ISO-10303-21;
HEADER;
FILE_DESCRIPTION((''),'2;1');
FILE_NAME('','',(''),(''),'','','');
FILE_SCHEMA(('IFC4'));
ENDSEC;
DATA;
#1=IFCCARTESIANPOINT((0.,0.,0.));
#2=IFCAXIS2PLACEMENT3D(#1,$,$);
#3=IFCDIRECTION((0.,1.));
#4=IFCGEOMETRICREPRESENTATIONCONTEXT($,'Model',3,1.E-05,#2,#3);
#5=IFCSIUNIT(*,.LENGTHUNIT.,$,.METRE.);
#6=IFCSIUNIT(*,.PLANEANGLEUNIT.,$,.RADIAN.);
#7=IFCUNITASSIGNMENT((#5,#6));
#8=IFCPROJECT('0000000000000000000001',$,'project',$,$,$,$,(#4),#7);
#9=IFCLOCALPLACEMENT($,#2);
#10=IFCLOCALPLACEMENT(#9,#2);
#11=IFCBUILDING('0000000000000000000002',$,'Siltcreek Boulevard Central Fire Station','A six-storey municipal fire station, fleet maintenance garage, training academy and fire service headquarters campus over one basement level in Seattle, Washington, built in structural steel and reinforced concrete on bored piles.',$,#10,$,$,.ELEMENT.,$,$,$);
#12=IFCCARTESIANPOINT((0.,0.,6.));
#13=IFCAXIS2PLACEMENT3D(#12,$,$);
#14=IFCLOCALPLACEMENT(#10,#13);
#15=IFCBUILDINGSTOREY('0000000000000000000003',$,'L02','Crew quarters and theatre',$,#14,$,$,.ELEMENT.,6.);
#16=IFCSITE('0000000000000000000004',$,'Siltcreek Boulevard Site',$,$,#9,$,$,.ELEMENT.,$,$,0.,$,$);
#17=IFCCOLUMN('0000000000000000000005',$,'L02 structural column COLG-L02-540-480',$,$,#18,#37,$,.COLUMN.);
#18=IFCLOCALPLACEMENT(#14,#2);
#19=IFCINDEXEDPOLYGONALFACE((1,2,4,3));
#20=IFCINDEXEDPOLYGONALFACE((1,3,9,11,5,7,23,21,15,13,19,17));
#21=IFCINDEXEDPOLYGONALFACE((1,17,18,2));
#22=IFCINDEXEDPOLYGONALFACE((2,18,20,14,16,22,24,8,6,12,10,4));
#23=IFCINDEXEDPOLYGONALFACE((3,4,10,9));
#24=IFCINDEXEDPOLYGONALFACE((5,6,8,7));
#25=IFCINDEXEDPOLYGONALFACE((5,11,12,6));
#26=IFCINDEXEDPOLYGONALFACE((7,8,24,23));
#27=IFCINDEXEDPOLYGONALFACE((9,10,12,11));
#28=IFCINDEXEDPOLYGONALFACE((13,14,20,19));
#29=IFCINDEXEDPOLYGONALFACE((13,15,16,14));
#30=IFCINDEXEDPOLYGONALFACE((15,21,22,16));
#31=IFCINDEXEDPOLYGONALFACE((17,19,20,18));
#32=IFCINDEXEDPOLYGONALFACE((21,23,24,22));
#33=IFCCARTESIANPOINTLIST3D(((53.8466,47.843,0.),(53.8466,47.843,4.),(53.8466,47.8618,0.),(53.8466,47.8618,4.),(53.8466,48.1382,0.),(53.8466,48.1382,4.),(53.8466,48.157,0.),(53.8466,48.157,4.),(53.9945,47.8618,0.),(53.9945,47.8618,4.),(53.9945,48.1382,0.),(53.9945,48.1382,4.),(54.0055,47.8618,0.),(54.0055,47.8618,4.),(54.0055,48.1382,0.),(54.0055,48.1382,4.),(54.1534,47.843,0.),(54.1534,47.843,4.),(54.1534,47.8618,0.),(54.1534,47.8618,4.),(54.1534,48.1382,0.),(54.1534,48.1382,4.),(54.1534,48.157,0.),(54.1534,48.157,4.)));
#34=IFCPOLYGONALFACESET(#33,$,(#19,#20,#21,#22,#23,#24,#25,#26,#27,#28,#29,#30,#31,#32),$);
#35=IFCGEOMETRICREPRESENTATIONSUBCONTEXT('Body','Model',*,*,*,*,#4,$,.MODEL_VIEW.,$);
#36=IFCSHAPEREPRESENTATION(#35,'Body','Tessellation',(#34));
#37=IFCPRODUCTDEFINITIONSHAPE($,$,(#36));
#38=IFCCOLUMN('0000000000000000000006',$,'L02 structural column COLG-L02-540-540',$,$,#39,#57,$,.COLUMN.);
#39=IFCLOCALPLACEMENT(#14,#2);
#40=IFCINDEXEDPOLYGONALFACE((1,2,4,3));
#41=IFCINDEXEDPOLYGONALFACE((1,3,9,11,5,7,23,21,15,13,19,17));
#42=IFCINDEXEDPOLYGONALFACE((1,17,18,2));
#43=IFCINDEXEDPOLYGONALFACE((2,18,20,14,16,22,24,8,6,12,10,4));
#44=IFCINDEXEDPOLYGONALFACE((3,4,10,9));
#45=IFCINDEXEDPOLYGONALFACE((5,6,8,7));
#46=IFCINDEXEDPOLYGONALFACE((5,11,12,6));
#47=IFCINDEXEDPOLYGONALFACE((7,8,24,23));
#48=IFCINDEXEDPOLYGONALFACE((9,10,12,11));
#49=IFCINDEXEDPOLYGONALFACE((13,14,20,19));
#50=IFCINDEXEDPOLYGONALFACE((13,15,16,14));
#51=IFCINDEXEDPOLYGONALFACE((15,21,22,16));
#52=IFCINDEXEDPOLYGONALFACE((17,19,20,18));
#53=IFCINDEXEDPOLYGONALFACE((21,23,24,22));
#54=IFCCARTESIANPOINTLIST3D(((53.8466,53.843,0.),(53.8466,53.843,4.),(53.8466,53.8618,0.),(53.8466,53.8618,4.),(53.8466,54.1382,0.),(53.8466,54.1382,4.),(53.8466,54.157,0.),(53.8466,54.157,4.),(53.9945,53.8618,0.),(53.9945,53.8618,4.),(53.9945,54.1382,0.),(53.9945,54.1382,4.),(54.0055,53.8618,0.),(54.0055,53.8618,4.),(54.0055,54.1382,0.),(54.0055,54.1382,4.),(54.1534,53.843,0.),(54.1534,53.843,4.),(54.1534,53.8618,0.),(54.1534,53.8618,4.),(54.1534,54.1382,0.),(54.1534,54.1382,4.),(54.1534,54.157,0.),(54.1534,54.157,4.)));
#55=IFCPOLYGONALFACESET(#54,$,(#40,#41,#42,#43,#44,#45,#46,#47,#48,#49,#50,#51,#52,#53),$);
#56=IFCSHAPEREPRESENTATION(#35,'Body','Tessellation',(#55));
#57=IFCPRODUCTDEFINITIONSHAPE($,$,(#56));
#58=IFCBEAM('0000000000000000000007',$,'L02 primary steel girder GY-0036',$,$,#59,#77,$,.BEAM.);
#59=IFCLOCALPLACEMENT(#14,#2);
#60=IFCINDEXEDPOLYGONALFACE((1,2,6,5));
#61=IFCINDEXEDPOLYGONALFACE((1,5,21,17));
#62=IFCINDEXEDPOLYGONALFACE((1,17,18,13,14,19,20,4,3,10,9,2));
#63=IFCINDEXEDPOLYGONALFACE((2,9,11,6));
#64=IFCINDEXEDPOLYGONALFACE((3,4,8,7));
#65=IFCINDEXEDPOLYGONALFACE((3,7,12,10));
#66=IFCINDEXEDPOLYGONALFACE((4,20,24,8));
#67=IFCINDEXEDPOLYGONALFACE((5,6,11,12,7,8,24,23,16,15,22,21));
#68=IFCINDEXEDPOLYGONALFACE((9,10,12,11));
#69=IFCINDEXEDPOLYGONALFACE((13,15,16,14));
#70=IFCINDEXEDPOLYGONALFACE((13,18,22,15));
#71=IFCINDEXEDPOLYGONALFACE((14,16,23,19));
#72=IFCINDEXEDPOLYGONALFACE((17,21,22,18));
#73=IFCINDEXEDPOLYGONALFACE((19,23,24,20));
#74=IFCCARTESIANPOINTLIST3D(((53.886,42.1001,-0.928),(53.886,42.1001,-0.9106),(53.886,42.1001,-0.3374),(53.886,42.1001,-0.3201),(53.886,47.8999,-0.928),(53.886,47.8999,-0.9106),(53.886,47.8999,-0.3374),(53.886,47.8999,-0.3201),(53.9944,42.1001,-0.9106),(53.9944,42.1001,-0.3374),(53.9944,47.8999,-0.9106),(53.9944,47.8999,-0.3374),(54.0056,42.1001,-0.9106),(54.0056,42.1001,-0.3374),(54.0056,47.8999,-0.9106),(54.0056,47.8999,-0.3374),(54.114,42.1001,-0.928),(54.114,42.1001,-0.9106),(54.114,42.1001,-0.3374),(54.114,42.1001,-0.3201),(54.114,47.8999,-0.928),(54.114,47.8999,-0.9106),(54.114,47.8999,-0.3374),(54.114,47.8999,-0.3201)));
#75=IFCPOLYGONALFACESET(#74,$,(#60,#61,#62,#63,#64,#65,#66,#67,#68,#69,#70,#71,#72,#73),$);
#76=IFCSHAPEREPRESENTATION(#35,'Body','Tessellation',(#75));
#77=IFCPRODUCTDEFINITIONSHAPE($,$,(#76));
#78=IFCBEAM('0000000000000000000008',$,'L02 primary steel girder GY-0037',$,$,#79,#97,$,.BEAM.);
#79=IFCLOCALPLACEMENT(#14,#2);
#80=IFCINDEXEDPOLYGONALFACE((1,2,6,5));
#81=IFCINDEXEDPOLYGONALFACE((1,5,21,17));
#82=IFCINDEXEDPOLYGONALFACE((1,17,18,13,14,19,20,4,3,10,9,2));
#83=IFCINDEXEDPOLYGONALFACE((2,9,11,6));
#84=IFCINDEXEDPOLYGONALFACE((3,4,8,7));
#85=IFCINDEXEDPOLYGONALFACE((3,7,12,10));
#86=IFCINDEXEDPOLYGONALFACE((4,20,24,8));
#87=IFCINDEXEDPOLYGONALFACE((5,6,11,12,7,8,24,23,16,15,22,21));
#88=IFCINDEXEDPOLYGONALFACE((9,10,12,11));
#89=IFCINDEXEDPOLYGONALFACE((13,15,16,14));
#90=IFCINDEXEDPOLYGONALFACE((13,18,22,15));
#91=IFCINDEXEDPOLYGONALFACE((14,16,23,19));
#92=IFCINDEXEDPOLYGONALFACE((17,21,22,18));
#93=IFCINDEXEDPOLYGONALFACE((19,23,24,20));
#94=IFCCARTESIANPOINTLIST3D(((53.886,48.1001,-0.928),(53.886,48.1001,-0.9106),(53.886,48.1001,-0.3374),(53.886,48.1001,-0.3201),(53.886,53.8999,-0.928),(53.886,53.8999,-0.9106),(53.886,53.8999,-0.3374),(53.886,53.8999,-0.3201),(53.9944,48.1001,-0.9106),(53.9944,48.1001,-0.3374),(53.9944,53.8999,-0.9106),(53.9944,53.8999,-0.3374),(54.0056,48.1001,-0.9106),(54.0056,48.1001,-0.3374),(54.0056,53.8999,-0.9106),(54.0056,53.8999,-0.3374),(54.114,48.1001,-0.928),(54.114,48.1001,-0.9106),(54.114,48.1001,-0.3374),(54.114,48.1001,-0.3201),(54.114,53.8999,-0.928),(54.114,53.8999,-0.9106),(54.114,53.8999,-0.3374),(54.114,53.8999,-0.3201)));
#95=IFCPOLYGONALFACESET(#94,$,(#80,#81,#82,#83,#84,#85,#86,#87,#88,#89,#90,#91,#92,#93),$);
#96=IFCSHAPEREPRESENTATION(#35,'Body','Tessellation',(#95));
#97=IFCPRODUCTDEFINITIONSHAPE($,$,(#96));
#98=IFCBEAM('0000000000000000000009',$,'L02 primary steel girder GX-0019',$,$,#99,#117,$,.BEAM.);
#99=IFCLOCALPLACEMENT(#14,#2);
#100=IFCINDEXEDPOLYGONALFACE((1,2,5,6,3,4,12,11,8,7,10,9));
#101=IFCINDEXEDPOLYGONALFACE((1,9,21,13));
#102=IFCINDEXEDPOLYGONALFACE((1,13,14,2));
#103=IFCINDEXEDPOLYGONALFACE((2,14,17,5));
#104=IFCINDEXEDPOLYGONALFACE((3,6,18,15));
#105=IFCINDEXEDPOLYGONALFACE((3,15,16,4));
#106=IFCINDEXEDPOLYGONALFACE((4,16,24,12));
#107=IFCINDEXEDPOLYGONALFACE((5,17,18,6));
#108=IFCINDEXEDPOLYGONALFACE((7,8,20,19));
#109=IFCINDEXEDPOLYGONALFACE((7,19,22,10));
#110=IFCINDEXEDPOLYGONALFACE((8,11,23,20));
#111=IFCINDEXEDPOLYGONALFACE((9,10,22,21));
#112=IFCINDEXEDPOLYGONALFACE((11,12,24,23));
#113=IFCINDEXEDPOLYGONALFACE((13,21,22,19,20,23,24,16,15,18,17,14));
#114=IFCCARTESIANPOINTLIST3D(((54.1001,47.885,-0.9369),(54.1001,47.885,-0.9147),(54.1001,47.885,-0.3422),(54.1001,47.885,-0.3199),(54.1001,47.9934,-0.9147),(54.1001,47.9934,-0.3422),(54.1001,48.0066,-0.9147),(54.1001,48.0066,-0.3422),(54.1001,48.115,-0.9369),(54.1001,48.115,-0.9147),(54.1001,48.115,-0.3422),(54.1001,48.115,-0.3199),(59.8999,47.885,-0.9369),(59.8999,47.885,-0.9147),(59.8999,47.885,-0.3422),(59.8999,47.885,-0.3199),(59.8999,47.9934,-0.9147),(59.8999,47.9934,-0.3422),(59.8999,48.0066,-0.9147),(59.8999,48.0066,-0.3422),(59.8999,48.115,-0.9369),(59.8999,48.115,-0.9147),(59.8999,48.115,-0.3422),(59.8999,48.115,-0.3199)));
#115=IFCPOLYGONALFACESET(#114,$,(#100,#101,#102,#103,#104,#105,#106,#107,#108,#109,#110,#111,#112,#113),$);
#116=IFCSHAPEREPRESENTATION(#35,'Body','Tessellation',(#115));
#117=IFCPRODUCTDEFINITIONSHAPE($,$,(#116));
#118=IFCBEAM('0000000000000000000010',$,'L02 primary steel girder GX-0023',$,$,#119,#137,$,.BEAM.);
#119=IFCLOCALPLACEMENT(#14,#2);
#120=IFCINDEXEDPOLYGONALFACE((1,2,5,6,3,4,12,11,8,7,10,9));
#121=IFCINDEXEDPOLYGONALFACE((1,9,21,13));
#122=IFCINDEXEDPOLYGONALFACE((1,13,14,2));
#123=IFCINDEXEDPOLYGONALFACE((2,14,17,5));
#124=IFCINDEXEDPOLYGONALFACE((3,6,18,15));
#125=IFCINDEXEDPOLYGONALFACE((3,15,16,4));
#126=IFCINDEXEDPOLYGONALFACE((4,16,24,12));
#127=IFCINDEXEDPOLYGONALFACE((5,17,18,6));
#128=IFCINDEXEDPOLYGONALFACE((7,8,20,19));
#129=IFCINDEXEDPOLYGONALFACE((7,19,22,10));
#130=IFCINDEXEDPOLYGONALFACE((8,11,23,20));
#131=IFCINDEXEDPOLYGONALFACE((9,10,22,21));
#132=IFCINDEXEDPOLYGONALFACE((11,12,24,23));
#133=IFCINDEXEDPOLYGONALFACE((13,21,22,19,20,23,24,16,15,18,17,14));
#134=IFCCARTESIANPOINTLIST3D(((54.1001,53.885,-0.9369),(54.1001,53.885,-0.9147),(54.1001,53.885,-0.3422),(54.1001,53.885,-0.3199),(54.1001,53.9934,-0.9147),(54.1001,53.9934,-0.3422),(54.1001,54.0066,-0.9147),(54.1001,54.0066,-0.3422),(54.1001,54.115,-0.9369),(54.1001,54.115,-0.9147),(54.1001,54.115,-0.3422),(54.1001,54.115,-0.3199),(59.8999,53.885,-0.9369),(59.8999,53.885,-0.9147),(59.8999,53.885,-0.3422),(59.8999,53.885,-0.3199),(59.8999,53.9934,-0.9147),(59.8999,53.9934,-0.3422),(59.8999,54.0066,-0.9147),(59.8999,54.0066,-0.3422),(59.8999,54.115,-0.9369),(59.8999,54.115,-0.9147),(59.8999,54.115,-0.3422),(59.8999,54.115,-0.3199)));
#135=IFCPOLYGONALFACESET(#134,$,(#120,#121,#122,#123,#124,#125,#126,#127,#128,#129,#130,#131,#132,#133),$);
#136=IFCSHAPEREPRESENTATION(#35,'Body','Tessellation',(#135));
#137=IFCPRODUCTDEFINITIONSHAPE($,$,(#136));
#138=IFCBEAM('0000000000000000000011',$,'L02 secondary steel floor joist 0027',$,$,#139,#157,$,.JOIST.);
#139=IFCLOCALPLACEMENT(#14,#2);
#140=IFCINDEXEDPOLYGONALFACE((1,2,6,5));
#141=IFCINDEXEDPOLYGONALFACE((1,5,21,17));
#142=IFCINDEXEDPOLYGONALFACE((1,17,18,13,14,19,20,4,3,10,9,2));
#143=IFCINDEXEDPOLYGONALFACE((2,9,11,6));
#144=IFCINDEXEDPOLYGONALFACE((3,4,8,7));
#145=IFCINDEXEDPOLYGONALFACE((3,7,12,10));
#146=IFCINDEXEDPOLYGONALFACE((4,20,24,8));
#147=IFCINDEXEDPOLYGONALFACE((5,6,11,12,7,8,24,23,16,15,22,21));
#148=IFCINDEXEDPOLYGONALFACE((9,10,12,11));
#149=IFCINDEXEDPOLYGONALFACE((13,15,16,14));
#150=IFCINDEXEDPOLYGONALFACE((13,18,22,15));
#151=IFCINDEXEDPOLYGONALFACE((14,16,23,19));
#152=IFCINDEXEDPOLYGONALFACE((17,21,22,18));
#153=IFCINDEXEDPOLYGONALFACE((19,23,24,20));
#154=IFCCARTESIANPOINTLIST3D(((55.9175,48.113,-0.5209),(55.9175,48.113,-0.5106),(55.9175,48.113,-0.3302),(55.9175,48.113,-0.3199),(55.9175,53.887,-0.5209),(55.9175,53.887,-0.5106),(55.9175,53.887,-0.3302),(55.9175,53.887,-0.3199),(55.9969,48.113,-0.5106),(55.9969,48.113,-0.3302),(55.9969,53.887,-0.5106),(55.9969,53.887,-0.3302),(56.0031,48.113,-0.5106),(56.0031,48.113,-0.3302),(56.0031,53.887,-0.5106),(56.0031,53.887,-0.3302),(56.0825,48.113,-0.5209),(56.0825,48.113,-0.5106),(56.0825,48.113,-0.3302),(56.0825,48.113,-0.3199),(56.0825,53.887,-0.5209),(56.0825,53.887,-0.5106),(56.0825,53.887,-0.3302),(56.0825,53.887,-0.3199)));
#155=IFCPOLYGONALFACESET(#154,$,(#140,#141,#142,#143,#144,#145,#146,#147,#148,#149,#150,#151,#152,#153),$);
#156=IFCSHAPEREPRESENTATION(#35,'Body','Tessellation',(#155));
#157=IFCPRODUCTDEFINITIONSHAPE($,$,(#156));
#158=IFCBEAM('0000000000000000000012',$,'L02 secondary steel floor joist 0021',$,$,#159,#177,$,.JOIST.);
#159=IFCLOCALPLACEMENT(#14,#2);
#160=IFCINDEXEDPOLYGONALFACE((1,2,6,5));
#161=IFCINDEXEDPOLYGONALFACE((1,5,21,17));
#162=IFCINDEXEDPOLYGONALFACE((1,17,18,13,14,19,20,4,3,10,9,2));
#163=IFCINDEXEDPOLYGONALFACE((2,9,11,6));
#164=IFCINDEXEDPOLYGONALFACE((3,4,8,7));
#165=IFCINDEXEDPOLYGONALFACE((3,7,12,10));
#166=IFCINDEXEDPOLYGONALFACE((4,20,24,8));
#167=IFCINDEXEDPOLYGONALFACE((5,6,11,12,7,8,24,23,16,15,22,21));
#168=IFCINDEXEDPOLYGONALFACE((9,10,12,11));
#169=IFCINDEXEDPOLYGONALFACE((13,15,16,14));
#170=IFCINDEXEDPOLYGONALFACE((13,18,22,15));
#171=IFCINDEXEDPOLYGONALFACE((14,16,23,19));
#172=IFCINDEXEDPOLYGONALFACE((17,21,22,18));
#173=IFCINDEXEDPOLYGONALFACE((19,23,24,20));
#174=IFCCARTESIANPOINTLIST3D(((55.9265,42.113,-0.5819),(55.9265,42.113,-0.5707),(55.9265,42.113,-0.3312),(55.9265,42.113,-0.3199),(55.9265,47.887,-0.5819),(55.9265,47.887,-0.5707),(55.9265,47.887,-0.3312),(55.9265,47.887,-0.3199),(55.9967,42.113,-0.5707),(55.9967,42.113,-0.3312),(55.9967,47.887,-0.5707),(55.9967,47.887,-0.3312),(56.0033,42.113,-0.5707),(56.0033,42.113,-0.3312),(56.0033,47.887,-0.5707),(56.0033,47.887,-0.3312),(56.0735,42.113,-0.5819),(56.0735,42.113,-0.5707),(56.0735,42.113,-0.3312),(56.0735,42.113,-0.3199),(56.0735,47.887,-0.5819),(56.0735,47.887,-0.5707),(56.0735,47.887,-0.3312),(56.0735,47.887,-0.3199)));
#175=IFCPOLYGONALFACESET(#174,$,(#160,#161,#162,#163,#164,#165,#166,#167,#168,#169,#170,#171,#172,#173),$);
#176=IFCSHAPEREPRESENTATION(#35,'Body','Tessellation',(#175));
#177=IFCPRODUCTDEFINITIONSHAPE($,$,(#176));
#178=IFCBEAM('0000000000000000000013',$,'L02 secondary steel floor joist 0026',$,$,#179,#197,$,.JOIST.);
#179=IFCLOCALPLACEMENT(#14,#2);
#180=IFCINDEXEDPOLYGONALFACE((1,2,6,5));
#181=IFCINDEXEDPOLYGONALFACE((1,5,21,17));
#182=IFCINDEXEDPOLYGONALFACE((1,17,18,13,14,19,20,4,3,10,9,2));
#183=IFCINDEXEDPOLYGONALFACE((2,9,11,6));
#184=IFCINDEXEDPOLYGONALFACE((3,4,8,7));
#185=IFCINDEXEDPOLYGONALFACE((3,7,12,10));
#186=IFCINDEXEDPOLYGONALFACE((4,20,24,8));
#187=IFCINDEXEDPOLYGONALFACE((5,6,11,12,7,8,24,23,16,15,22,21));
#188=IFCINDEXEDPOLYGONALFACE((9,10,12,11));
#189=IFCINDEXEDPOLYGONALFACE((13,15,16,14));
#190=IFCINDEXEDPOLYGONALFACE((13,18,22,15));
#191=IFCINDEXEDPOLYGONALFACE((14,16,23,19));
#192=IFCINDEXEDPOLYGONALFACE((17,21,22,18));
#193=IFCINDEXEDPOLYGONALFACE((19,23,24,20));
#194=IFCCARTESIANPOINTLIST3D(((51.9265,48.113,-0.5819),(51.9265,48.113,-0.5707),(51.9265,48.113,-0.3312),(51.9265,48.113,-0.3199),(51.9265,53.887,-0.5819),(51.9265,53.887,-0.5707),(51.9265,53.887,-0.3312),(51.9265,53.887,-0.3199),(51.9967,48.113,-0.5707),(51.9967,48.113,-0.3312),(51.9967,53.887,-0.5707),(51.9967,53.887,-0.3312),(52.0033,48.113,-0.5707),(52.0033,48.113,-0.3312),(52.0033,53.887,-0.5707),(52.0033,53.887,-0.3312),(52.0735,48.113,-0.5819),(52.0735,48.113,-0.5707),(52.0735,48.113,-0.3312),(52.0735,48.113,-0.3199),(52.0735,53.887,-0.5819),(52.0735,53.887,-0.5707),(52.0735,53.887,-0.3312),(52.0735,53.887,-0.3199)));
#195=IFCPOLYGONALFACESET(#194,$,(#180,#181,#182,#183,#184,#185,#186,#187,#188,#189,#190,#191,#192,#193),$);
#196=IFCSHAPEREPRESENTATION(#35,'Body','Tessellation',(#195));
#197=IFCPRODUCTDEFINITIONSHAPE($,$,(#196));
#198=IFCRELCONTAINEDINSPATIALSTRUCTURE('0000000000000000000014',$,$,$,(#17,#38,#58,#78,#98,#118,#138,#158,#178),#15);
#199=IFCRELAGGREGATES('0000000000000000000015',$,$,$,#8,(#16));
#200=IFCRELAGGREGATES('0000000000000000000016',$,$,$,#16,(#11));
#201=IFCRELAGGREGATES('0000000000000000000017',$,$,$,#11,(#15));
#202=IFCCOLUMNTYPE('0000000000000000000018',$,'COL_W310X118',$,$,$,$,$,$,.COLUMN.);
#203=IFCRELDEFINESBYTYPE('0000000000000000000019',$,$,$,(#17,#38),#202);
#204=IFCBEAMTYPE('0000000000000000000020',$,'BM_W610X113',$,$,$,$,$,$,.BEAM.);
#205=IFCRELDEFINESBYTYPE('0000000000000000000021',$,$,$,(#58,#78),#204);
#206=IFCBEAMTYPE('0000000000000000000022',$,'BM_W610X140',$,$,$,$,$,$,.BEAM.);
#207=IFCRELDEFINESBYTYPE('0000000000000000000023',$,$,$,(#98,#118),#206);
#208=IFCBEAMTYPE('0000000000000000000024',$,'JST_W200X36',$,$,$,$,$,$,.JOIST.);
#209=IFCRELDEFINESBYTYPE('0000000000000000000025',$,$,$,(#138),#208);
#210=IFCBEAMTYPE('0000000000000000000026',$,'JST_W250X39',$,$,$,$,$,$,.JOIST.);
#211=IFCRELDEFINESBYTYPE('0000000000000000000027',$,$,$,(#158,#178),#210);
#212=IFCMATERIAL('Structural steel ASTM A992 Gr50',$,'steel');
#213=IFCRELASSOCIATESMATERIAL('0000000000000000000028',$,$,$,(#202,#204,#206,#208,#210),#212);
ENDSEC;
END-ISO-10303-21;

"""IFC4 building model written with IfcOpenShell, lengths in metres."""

from ifc_helpers import new_model, si_unit, direction, frame, origin, origin_2d, place, context, subcontext, project, spatial, i_section, extrude, material, material_profile, profile_set, type_object, element, save


model = new_model("IFC4")

# Units and contexts
model_context = context("Model", 3, precision=1e-05, world=origin(), true_north=direction((0.0, 1.0)))
body_context = subcontext(model_context, "Body", "Model", "MODEL_VIEW")
ifc_project = project(units=[si_unit("LENGTHUNIT", "METRE"), si_unit("PLANEANGLEUNIT", "RADIAN")], contexts=[model_context])

# Site, building, storey
site_placement = place(None, origin())
site = spatial("IfcSite", under=ifc_project, at=site_placement, Name="Siltcreek Boulevard Site", CompositionType="ELEMENT", RefElevation=0.0)
building_placement = place(site_placement, origin())
building = spatial("IfcBuilding", under=site, at=building_placement, Name="Siltcreek Boulevard Central Fire Station", Description="A six-storey municipal fire station, fleet maintenance garage, training academy and fire service headquarters campus over one basement level in Seattle, Washington, built in structural steel and reinforced concrete on bored piles.", CompositionType="ELEMENT")
storey_placement = place(building_placement, frame((0.0, 0.0, 6.0)))
storey = spatial("IfcBuildingStorey", under=building, at=storey_placement, Name="L02", Description="Crew quarters and theatre", CompositionType="ELEMENT", Elevation=6.0)

# Columns
ifc_material_1 = material(Name="Structural steel ASTM A992 Gr50", Category="steel")
ifc_material_profile_1 = material_profile(ifc_material_1, i_section(OverallWidth=0.3069, OverallDepth=0.314, WebThickness=0.011, FlangeThickness=0.0188, at=origin_2d()), Name="W310X118")
ifc_profile_set_1 = profile_set([ifc_material_profile_1], Name="Structural steel ASTM A992 Gr50")
column_type = type_object("IfcColumnType", Name="COL_W310X118", PredefinedType="COLUMN", material=ifc_profile_set_1)
for number, where, z_axis, x_axis, name in (
    (1, (54.0, 48.0, 0.0), (0.0, 0.0, 1.0), (1.0, 0.0, 0.0), "L02 structural column COLG-L02-540-480"),
    (2, (54.0, 54.0, 0.0), (0.0, 0.0, 1.0), (1.0, 0.0, 0.0), "L02 structural column COLG-L02-540-540"),
):
    element("IfcColumn", number, at=place(storey_placement, frame(where, z_axis=z_axis, x_axis=x_axis)), inside=storey, type_object=column_type, Name=name, PredefinedType="COLUMN", context=body_context, shape_type="SweptSolid", body=[
        extrude(i_section(OverallWidth=0.3069, OverallDepth=0.314, WebThickness=0.011, FlangeThickness=0.0188, at=origin_2d()), origin(), (0.0, 0.0, 1.0), 4.0),
    ])

# Beams
ifc_material_profile_2 = material_profile(ifc_material_1, i_section(OverallWidth=0.228, OverallDepth=0.6079, WebThickness=0.0112, FlangeThickness=0.0173, at=origin_2d()), Name="W610X113")
ifc_profile_set_2 = profile_set([ifc_material_profile_2], Name="Structural steel ASTM A992 Gr50")
beam_type_1 = type_object("IfcBeamType", Name="BM_W610X113", PredefinedType="BEAM", material=ifc_profile_set_2)
for number, where, z_axis, x_axis, name in (
    (3, (54.0, 42.1001, -0.624), (0.0, 1.0, 0.0), (-1.0, 0.0, 0.0), "L02 primary steel girder GY-0036"),
    (4, (54.0, 48.1001, -0.624), (0.0, 1.0, 0.0), (-1.0, 0.0, 0.0), "L02 primary steel girder GY-0037"),
):
    element("IfcBeam", number, at=place(storey_placement, frame(where, z_axis=z_axis, x_axis=x_axis)), inside=storey, type_object=beam_type_1, Name=name, PredefinedType="BEAM", context=body_context, shape_type="SweptSolid", body=[
        extrude(i_section(OverallWidth=0.228, OverallDepth=0.6079, WebThickness=0.0112, FlangeThickness=0.0173, at=origin_2d()), origin(), (0.0, 0.0, 1.0), 5.7998),
    ])
ifc_material_profile_3 = material_profile(ifc_material_1, i_section(OverallWidth=0.23, OverallDepth=0.6169, WebThickness=0.0132, FlangeThickness=0.0222, at=origin_2d()), Name="W610X140")
ifc_profile_set_3 = profile_set([ifc_material_profile_3], Name="Structural steel ASTM A992 Gr50")
beam_type_2 = type_object("IfcBeamType", Name="BM_W610X140", PredefinedType="BEAM", material=ifc_profile_set_3)
for number, where, z_axis, x_axis, name in (
    (5, (54.1001, 48.0, -0.6284), (1.0, 0.0, 0.0), (0.0, 1.0, 0.0), "L02 primary steel girder GX-0019"),
    (6, (54.1001, 54.0, -0.6284), (1.0, 0.0, 0.0), (0.0, 1.0, 0.0), "L02 primary steel girder GX-0023"),
):
    element("IfcBeam", number, at=place(storey_placement, frame(where, z_axis=z_axis, x_axis=x_axis)), inside=storey, type_object=beam_type_2, Name=name, PredefinedType="BEAM", context=body_context, shape_type="SweptSolid", body=[
        extrude(i_section(OverallWidth=0.23, OverallDepth=0.6169, WebThickness=0.0132, FlangeThickness=0.0222, at=origin_2d()), origin(), (0.0, 0.0, 1.0), 5.7998),
    ])
ifc_material_profile_4 = material_profile(ifc_material_1, i_section(OverallWidth=0.165, OverallDepth=0.2009, WebThickness=0.0061, FlangeThickness=0.0103, at=origin_2d()), Name="W200X36")
ifc_profile_set_4 = profile_set([ifc_material_profile_4], Name="Structural steel ASTM A992 Gr50")
beam_type_3 = type_object("IfcBeamType", Name="JST_W200X36", PredefinedType="JOIST", material=ifc_profile_set_4)
beam_1_placement = place(storey_placement, frame((56.0, 48.113, -0.4204), z_axis=(0.0, 1.0, 0.0), x_axis=(-1.0, 0.0, 0.0)))
element("IfcBeam", 7, at=beam_1_placement, inside=storey, type_object=beam_type_3, Name="L02 secondary steel floor joist 0027", PredefinedType="JOIST", context=body_context, shape_type="SweptSolid", body=[
    extrude(i_section(OverallWidth=0.165, OverallDepth=0.2009, WebThickness=0.0061, FlangeThickness=0.0103, at=origin_2d()), origin(), (0.0, 0.0, 1.0), 5.7739),
])
ifc_material_profile_5 = material_profile(ifc_material_1, i_section(OverallWidth=0.147, OverallDepth=0.262, WebThickness=0.0066, FlangeThickness=0.0112, at=origin_2d()), Name="W250X39")
ifc_profile_set_5 = profile_set([ifc_material_profile_5], Name="Structural steel ASTM A992 Gr50")
beam_type_4 = type_object("IfcBeamType", Name="JST_W250X39", PredefinedType="JOIST", material=ifc_profile_set_5)
for number, where, z_axis, x_axis, name in (
    (8, (56.0, 42.113, -0.4509), (0.0, 1.0, 0.0), (-1.0, 0.0, 0.0), "L02 secondary steel floor joist 0021"),
    (9, (52.0, 48.113, -0.4509), (0.0, 1.0, 0.0), (-1.0, 0.0, 0.0), "L02 secondary steel floor joist 0026"),
):
    element("IfcBeam", number, at=place(storey_placement, frame(where, z_axis=z_axis, x_axis=x_axis)), inside=storey, type_object=beam_type_4, Name=name, PredefinedType="JOIST", context=body_context, shape_type="SweptSolid", body=[
        extrude(i_section(OverallWidth=0.147, OverallDepth=0.262, WebThickness=0.0066, FlangeThickness=0.0112, at=origin_2d()), origin(), (0.0, 0.0, 1.0), 5.7739),
    ])

save(model, "model.ifc")
